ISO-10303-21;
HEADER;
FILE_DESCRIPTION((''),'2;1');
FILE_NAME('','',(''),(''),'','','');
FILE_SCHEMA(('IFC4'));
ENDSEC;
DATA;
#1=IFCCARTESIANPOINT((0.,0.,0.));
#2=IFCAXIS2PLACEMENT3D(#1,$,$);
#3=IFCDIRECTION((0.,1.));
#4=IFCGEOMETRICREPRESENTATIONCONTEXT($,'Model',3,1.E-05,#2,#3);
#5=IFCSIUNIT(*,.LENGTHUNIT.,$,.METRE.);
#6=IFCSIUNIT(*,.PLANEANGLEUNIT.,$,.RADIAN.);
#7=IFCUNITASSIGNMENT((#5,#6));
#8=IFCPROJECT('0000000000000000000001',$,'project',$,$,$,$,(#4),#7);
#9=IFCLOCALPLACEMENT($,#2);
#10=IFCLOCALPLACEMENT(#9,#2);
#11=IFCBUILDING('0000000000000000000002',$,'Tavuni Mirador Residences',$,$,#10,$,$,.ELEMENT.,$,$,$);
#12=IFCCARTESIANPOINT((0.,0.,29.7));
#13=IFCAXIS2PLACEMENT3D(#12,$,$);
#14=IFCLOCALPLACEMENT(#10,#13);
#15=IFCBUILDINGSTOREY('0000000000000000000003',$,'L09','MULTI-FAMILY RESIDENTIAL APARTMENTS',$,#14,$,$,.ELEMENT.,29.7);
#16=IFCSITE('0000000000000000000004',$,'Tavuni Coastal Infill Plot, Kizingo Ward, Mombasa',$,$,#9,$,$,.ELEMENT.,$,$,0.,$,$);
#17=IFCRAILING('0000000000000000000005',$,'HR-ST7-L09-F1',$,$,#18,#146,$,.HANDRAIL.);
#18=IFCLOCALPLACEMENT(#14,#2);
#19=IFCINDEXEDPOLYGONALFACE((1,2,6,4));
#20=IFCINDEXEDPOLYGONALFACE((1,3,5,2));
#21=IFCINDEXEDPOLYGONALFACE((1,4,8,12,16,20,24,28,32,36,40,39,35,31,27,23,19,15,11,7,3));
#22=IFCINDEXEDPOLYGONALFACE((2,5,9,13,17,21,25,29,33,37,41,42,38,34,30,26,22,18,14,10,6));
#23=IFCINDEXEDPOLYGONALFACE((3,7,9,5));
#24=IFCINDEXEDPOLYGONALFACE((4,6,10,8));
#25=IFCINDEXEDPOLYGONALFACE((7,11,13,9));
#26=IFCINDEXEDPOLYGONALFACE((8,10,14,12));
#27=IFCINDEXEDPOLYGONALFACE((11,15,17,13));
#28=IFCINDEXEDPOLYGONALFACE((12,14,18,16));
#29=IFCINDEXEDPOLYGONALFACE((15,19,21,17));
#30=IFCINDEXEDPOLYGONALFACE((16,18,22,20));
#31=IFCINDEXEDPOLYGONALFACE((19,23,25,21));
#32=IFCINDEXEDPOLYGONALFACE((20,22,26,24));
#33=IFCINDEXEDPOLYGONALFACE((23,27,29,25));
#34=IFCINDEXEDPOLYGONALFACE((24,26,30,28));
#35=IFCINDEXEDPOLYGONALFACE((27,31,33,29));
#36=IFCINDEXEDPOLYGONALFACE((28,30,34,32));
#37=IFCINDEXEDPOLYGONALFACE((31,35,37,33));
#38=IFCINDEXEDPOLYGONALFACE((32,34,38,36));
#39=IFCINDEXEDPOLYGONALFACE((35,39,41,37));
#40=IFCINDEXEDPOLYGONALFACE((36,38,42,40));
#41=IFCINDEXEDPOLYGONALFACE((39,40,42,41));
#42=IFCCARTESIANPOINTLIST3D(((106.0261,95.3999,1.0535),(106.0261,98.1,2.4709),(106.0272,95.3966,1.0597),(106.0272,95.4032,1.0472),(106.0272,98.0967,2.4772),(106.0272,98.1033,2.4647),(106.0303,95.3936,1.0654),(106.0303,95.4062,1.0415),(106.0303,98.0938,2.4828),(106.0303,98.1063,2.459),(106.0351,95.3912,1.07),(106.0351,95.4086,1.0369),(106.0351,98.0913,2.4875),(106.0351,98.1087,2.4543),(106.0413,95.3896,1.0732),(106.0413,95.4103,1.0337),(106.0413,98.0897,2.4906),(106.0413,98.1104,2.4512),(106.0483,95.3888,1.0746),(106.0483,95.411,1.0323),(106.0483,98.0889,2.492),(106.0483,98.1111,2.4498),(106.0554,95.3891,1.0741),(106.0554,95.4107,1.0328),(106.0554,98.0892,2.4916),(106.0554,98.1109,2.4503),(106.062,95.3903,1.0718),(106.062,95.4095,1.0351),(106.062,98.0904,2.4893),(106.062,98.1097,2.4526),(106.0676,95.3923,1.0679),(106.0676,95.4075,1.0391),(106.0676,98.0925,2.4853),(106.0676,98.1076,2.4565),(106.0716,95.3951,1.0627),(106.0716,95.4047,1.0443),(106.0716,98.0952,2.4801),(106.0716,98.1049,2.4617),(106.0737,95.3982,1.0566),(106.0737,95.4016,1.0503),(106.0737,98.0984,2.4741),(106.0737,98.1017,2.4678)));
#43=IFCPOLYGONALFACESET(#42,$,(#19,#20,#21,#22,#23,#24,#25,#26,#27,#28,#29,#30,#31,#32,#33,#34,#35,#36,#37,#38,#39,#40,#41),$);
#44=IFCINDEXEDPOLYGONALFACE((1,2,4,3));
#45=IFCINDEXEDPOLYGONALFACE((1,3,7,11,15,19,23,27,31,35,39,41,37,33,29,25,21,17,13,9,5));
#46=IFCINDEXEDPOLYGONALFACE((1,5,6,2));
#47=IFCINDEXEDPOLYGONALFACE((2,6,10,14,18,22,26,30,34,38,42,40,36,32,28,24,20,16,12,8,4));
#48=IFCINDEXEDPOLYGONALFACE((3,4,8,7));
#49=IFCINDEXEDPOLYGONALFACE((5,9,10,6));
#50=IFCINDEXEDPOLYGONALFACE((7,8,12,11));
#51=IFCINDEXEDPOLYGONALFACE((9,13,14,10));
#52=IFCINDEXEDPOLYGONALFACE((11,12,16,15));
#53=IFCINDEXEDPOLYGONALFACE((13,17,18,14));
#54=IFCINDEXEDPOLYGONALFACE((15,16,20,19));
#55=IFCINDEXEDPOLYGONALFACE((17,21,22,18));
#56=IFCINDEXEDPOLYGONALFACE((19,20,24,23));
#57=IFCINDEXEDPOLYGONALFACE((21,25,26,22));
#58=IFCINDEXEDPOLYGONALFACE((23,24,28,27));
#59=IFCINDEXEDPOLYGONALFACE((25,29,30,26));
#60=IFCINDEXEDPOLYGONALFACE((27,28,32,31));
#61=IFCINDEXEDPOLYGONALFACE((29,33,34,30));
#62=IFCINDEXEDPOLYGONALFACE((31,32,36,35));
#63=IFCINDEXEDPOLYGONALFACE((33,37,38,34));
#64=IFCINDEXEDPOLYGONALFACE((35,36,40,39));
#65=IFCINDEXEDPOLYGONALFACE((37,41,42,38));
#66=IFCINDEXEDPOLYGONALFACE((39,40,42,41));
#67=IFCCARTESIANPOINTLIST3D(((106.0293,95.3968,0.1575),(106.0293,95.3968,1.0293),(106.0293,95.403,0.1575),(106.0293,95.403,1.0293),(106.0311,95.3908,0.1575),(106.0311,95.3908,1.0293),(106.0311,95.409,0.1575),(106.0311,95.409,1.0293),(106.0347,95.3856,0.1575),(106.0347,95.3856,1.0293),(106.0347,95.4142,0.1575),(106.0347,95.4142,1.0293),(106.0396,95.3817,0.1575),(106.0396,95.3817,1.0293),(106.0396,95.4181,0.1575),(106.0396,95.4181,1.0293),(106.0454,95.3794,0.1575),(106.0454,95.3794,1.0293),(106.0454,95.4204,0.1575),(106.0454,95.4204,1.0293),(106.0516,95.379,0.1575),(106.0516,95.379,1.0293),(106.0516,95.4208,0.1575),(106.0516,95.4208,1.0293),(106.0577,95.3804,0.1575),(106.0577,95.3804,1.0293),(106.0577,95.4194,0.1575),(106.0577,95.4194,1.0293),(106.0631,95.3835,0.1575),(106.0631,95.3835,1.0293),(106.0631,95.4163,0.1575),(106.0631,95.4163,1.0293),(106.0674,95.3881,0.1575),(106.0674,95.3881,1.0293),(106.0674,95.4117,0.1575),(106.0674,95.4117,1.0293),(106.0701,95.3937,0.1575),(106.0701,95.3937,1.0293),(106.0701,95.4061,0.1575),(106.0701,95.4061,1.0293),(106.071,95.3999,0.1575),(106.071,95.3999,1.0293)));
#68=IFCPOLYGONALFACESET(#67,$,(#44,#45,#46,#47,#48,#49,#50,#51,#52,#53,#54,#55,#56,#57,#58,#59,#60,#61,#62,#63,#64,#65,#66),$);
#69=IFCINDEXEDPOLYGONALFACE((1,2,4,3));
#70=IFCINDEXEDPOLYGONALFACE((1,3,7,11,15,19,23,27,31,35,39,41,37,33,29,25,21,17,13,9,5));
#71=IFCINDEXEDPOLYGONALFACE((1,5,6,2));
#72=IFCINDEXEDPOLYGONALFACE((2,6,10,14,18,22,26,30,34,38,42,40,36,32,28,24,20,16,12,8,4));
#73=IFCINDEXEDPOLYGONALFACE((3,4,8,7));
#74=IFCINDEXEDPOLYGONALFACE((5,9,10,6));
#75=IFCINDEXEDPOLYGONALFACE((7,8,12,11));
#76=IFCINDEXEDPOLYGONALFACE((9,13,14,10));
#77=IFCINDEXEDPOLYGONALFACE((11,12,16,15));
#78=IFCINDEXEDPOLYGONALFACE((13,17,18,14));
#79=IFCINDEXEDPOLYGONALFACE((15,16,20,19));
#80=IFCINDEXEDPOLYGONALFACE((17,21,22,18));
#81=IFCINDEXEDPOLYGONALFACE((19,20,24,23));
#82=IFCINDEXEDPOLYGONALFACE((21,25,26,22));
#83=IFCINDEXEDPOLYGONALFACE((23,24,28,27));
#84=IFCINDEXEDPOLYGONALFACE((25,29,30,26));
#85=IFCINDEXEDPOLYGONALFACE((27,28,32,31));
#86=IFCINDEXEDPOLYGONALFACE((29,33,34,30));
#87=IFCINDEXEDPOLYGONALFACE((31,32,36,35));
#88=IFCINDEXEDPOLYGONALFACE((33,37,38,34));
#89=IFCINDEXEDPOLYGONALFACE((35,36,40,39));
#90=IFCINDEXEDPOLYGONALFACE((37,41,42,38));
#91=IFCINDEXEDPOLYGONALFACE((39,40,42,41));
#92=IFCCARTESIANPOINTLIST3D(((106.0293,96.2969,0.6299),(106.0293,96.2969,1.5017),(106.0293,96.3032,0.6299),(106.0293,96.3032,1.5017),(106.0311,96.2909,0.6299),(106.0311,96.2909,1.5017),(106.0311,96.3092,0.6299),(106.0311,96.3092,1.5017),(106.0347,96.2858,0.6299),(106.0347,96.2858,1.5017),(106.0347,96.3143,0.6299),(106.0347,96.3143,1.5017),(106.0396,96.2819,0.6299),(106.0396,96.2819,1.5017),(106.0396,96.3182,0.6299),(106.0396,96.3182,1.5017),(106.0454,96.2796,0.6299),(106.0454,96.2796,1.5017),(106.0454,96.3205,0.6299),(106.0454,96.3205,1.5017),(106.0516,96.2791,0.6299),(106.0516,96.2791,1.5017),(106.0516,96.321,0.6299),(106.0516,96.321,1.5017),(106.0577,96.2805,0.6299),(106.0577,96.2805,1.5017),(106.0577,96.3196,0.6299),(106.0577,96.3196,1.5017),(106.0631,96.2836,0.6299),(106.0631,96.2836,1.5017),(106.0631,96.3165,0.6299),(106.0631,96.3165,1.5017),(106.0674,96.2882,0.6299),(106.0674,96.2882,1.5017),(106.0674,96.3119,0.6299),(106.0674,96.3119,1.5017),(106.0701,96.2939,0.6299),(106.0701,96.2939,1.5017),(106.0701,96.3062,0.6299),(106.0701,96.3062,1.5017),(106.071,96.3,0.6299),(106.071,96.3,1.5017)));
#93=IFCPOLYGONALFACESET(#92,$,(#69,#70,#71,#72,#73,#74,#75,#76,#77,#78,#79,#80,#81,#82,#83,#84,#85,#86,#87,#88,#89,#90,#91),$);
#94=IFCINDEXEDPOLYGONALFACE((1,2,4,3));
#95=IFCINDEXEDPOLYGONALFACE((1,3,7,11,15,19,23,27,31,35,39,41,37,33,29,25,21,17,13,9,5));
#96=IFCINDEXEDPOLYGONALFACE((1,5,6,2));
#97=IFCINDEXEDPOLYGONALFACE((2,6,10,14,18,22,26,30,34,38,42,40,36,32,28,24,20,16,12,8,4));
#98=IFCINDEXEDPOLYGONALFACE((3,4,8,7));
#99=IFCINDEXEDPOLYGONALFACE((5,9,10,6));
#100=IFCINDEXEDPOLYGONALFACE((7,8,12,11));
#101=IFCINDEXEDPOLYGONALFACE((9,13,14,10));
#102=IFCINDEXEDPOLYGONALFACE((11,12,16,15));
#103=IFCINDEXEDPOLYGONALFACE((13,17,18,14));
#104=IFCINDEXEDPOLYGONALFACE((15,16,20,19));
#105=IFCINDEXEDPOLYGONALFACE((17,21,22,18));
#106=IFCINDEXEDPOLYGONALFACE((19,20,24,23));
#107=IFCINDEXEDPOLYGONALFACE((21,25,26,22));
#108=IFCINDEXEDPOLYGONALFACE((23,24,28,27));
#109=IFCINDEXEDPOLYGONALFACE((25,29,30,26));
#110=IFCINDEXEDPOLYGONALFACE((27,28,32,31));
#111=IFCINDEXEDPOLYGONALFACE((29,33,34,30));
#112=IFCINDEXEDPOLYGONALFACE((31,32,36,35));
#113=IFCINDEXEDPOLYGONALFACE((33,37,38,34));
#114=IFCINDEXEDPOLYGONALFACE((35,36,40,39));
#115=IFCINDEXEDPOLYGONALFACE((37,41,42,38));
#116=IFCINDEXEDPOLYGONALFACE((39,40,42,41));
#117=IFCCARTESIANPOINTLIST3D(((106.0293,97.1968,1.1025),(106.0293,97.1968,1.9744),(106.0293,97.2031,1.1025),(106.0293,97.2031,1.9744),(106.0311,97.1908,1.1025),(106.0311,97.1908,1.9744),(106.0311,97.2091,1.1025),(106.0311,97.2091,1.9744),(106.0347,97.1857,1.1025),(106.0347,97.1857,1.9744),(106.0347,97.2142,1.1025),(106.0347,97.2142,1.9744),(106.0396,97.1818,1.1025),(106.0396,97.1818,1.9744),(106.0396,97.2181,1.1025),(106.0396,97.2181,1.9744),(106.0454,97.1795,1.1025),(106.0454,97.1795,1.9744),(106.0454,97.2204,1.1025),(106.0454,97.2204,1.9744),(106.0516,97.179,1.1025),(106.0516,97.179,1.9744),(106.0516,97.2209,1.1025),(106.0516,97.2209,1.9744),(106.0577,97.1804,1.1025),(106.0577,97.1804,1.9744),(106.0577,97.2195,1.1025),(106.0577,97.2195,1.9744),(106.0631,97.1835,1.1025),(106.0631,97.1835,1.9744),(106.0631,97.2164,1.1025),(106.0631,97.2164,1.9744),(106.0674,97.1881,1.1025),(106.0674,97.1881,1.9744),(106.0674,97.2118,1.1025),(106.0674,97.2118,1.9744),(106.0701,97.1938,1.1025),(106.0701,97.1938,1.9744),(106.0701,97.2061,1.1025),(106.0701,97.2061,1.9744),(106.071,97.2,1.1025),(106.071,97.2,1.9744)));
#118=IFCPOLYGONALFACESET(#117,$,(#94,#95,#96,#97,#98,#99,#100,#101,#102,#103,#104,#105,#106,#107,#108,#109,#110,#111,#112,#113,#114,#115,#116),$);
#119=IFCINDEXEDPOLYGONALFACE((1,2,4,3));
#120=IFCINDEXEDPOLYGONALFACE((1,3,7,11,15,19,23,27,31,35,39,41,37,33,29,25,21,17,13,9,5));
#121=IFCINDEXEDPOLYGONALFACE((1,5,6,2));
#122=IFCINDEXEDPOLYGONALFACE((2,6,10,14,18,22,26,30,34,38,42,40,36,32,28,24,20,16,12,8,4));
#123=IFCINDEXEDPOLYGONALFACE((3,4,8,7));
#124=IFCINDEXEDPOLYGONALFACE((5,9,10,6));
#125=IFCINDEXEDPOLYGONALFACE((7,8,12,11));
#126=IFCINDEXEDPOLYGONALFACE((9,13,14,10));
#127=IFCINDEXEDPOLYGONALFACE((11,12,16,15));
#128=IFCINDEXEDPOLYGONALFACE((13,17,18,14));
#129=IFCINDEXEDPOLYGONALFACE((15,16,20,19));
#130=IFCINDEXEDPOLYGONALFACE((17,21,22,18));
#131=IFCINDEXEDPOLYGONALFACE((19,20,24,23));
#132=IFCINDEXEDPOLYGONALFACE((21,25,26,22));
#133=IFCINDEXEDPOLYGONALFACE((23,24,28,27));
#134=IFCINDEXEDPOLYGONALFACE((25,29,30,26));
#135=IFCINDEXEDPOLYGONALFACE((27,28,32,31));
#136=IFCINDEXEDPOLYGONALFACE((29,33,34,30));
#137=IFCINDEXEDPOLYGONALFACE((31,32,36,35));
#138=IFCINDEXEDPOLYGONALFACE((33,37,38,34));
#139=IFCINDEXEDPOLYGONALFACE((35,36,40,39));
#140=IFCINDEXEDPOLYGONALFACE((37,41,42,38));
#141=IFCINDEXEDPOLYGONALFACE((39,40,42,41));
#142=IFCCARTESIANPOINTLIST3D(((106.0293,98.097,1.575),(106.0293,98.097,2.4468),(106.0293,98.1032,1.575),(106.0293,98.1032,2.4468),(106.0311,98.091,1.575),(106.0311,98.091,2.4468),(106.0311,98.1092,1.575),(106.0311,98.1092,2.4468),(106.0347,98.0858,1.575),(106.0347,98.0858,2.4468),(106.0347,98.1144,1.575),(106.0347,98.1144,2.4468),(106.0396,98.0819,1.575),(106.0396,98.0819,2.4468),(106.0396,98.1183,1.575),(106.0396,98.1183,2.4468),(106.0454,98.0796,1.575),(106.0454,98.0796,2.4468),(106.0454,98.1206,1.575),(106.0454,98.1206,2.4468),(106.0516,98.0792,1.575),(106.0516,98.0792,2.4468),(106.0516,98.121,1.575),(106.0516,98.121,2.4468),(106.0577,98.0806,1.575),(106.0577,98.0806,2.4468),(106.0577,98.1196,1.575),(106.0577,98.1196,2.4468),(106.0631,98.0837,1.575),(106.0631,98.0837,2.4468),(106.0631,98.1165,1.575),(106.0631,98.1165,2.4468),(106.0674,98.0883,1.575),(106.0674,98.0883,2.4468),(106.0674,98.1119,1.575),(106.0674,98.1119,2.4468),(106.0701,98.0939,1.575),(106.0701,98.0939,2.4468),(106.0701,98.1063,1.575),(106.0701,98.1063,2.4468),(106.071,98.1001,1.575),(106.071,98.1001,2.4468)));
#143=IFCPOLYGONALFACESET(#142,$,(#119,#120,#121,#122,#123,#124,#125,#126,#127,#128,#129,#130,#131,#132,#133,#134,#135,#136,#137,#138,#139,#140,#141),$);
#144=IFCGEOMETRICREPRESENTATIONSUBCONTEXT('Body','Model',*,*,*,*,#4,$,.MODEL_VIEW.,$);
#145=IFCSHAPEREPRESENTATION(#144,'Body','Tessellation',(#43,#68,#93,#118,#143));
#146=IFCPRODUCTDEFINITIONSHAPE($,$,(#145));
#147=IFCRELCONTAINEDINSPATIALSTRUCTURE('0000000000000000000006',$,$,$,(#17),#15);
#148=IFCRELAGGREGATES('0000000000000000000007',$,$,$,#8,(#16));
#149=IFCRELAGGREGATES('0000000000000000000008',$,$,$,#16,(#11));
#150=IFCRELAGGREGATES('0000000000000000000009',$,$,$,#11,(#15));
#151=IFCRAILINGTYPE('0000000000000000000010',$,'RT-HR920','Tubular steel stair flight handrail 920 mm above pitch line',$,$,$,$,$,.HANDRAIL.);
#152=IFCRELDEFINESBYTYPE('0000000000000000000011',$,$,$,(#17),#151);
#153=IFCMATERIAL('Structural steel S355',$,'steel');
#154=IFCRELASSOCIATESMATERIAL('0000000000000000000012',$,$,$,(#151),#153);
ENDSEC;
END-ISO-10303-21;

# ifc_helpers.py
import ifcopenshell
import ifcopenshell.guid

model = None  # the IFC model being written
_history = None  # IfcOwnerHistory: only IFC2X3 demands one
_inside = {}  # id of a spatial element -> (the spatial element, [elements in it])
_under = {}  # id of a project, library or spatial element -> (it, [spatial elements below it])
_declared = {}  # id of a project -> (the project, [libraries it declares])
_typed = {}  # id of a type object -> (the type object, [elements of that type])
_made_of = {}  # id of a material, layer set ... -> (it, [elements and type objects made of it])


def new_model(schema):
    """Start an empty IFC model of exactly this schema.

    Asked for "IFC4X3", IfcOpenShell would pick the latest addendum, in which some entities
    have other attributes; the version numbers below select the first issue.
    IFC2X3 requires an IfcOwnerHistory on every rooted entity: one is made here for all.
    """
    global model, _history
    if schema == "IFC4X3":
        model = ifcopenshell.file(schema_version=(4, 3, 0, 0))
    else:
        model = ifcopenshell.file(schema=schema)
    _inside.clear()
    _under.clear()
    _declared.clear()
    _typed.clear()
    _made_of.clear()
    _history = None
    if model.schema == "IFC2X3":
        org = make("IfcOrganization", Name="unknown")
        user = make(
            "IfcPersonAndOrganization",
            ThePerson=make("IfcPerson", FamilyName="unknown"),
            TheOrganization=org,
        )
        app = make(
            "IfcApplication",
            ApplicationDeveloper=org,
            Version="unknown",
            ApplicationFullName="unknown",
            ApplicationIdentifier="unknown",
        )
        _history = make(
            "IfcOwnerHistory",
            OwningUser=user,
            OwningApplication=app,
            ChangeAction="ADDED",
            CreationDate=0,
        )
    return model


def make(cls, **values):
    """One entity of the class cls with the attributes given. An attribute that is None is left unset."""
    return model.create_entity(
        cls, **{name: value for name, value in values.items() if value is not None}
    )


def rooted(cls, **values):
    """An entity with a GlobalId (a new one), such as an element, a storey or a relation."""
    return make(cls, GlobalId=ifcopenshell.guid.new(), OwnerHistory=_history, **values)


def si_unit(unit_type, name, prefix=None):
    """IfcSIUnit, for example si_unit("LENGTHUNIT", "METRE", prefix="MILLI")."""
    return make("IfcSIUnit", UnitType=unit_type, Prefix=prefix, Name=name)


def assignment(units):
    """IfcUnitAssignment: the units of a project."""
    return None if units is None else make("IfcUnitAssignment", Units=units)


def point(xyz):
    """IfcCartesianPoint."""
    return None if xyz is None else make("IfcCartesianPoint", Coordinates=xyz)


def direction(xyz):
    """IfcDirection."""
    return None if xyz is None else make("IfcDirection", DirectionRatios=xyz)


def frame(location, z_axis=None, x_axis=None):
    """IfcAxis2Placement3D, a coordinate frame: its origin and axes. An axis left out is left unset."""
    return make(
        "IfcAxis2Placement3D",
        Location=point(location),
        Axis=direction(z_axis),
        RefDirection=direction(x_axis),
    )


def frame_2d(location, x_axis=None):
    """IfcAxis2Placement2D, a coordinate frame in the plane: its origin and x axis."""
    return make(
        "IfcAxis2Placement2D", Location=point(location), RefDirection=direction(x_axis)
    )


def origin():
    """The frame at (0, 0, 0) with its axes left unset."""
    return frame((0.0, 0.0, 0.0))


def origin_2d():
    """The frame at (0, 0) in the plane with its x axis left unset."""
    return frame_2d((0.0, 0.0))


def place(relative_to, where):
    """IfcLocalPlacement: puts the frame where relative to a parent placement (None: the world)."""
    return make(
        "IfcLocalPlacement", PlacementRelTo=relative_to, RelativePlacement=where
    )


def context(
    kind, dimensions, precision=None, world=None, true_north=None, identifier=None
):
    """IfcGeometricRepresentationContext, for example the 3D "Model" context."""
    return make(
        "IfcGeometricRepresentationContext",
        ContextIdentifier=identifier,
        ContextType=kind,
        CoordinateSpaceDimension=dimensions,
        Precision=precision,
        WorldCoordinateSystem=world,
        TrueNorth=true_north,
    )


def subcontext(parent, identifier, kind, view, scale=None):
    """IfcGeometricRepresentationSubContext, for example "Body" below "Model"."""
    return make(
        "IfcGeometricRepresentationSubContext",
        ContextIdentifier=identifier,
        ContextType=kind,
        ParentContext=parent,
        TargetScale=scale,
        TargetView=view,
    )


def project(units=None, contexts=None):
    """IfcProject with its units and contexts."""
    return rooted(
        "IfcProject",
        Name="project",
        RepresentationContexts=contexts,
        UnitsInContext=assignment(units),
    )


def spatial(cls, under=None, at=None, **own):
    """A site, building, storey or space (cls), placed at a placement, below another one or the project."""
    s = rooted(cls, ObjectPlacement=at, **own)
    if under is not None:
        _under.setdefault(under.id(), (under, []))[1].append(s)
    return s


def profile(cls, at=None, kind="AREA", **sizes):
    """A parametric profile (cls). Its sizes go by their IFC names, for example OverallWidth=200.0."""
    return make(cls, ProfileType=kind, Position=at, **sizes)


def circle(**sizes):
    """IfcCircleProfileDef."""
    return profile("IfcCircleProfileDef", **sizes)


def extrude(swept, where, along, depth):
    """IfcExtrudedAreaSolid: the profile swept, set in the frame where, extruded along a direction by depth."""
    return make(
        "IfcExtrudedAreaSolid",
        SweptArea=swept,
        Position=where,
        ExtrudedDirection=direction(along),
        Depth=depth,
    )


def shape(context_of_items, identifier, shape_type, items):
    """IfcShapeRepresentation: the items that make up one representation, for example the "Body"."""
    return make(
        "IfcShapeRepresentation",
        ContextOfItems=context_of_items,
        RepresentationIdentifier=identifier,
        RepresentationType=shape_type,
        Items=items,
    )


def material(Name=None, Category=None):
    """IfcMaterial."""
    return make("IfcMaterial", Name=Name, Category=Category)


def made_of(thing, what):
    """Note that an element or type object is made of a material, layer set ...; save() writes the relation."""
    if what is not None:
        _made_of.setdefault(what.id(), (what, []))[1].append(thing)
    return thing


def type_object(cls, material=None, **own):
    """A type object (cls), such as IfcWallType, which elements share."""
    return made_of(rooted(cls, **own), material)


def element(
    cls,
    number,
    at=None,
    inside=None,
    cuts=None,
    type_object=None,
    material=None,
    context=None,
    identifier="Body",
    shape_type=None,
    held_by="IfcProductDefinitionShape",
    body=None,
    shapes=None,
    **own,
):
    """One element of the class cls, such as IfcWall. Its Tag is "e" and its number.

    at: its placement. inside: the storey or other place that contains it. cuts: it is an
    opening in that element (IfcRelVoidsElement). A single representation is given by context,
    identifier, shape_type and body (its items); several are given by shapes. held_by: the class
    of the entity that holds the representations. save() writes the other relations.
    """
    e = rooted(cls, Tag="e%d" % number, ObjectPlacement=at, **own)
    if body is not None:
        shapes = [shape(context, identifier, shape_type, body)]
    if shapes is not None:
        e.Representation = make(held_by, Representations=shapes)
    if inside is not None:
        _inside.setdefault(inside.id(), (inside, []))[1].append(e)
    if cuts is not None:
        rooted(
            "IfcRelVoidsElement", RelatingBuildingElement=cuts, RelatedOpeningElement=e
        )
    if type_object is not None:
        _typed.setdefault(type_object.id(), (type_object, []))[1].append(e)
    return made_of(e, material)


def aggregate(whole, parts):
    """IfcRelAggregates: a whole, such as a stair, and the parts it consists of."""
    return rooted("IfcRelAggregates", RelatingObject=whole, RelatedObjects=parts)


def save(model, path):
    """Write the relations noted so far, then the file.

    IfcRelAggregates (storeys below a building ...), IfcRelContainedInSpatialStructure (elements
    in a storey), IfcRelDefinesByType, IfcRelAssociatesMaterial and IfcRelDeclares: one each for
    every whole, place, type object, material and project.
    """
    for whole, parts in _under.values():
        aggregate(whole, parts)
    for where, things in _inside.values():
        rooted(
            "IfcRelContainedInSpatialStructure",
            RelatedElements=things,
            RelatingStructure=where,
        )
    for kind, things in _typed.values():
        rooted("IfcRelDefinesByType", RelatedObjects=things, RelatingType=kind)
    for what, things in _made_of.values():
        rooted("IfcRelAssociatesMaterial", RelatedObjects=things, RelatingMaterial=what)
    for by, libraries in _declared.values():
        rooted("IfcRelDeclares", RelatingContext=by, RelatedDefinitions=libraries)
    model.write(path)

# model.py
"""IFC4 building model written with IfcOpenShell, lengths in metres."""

from ifc_helpers import new_model, si_unit, direction, frame, origin, origin_2d, place, context, subcontext, project, spatial, circle, extrude, material, type_object, element, save


model = new_model("IFC4")

# Units and contexts
model_context = context("Model", 3, precision=1e-05, world=origin(), true_north=direction((0.0, 1.0)))
body_context = subcontext(model_context, "Body", "Model", "MODEL_VIEW")
ifc_project = project(units=[si_unit("LENGTHUNIT", "METRE"), si_unit("PLANEANGLEUNIT", "RADIAN")], contexts=[model_context])

# Site, building, storey
site_placement = place(None, origin())
site = spatial("IfcSite", under=ifc_project, at=site_placement, Name="Tavuni Coastal Infill Plot, Kizingo Ward, Mombasa", CompositionType="ELEMENT", RefElevation=0.0)
building_placement = place(site_placement, origin())
building = spatial("IfcBuilding", under=site, at=building_placement, Name="Tavuni Mirador Residences", CompositionType="ELEMENT")
storey_placement = place(building_placement, frame((0.0, 0.0, 29.7)))
storey = spatial("IfcBuildingStorey", under=building, at=storey_placement, Name="L09", Description="MULTI-FAMILY RESIDENTIAL APARTMENTS", CompositionType="ELEMENT", Elevation=29.7)

# Shared definitions
ifc_material_1 = material(Name="Structural steel S355", Category="steel")

# Railing
railing_type = type_object("IfcRailingType", Name="RT-HR920", Description="Tubular steel stair flight handrail 920 mm above pitch line", PredefinedType="HANDRAIL", material=ifc_material_1)
railing_1_placement = place(storey_placement, frame((106.05, 95.3999, 0.1575)))
element("IfcRailing", 1, at=railing_1_placement, inside=storey, type_object=railing_type, Name="HR-ST7-L09-F1", PredefinedType="HANDRAIL", context=body_context, shape_type="SweptSolid", body=[
    extrude(circle(Radius=0.0239, at=origin_2d()), frame((0.0, 0.0, 0.896), z_axis=(0.0, 0.885414, 0.464803), x_axis=(-1.0, 0.0, 0.0)), (0.0, 0.0, 1.0), 3.0496),
    extrude(circle(Radius=0.021, at=origin_2d()), origin(), (0.0, 0.0, 1.0), 0.8718),
    extrude(circle(Radius=0.021, at=origin_2d()), frame((0.0, 0.9001, 0.4724)), (0.0, 0.0, 1.0), 0.8718),
    extrude(circle(Radius=0.021, at=origin_2d()), frame((0.0, 1.8, 0.9451)), (0.0, 0.0, 1.0), 0.8718),
    extrude(circle(Radius=0.021, at=origin_2d()), frame((0.0, 2.7002, 1.4175)), (0.0, 0.0, 1.0), 0.8718),
])

save(model, "model.ifc")
